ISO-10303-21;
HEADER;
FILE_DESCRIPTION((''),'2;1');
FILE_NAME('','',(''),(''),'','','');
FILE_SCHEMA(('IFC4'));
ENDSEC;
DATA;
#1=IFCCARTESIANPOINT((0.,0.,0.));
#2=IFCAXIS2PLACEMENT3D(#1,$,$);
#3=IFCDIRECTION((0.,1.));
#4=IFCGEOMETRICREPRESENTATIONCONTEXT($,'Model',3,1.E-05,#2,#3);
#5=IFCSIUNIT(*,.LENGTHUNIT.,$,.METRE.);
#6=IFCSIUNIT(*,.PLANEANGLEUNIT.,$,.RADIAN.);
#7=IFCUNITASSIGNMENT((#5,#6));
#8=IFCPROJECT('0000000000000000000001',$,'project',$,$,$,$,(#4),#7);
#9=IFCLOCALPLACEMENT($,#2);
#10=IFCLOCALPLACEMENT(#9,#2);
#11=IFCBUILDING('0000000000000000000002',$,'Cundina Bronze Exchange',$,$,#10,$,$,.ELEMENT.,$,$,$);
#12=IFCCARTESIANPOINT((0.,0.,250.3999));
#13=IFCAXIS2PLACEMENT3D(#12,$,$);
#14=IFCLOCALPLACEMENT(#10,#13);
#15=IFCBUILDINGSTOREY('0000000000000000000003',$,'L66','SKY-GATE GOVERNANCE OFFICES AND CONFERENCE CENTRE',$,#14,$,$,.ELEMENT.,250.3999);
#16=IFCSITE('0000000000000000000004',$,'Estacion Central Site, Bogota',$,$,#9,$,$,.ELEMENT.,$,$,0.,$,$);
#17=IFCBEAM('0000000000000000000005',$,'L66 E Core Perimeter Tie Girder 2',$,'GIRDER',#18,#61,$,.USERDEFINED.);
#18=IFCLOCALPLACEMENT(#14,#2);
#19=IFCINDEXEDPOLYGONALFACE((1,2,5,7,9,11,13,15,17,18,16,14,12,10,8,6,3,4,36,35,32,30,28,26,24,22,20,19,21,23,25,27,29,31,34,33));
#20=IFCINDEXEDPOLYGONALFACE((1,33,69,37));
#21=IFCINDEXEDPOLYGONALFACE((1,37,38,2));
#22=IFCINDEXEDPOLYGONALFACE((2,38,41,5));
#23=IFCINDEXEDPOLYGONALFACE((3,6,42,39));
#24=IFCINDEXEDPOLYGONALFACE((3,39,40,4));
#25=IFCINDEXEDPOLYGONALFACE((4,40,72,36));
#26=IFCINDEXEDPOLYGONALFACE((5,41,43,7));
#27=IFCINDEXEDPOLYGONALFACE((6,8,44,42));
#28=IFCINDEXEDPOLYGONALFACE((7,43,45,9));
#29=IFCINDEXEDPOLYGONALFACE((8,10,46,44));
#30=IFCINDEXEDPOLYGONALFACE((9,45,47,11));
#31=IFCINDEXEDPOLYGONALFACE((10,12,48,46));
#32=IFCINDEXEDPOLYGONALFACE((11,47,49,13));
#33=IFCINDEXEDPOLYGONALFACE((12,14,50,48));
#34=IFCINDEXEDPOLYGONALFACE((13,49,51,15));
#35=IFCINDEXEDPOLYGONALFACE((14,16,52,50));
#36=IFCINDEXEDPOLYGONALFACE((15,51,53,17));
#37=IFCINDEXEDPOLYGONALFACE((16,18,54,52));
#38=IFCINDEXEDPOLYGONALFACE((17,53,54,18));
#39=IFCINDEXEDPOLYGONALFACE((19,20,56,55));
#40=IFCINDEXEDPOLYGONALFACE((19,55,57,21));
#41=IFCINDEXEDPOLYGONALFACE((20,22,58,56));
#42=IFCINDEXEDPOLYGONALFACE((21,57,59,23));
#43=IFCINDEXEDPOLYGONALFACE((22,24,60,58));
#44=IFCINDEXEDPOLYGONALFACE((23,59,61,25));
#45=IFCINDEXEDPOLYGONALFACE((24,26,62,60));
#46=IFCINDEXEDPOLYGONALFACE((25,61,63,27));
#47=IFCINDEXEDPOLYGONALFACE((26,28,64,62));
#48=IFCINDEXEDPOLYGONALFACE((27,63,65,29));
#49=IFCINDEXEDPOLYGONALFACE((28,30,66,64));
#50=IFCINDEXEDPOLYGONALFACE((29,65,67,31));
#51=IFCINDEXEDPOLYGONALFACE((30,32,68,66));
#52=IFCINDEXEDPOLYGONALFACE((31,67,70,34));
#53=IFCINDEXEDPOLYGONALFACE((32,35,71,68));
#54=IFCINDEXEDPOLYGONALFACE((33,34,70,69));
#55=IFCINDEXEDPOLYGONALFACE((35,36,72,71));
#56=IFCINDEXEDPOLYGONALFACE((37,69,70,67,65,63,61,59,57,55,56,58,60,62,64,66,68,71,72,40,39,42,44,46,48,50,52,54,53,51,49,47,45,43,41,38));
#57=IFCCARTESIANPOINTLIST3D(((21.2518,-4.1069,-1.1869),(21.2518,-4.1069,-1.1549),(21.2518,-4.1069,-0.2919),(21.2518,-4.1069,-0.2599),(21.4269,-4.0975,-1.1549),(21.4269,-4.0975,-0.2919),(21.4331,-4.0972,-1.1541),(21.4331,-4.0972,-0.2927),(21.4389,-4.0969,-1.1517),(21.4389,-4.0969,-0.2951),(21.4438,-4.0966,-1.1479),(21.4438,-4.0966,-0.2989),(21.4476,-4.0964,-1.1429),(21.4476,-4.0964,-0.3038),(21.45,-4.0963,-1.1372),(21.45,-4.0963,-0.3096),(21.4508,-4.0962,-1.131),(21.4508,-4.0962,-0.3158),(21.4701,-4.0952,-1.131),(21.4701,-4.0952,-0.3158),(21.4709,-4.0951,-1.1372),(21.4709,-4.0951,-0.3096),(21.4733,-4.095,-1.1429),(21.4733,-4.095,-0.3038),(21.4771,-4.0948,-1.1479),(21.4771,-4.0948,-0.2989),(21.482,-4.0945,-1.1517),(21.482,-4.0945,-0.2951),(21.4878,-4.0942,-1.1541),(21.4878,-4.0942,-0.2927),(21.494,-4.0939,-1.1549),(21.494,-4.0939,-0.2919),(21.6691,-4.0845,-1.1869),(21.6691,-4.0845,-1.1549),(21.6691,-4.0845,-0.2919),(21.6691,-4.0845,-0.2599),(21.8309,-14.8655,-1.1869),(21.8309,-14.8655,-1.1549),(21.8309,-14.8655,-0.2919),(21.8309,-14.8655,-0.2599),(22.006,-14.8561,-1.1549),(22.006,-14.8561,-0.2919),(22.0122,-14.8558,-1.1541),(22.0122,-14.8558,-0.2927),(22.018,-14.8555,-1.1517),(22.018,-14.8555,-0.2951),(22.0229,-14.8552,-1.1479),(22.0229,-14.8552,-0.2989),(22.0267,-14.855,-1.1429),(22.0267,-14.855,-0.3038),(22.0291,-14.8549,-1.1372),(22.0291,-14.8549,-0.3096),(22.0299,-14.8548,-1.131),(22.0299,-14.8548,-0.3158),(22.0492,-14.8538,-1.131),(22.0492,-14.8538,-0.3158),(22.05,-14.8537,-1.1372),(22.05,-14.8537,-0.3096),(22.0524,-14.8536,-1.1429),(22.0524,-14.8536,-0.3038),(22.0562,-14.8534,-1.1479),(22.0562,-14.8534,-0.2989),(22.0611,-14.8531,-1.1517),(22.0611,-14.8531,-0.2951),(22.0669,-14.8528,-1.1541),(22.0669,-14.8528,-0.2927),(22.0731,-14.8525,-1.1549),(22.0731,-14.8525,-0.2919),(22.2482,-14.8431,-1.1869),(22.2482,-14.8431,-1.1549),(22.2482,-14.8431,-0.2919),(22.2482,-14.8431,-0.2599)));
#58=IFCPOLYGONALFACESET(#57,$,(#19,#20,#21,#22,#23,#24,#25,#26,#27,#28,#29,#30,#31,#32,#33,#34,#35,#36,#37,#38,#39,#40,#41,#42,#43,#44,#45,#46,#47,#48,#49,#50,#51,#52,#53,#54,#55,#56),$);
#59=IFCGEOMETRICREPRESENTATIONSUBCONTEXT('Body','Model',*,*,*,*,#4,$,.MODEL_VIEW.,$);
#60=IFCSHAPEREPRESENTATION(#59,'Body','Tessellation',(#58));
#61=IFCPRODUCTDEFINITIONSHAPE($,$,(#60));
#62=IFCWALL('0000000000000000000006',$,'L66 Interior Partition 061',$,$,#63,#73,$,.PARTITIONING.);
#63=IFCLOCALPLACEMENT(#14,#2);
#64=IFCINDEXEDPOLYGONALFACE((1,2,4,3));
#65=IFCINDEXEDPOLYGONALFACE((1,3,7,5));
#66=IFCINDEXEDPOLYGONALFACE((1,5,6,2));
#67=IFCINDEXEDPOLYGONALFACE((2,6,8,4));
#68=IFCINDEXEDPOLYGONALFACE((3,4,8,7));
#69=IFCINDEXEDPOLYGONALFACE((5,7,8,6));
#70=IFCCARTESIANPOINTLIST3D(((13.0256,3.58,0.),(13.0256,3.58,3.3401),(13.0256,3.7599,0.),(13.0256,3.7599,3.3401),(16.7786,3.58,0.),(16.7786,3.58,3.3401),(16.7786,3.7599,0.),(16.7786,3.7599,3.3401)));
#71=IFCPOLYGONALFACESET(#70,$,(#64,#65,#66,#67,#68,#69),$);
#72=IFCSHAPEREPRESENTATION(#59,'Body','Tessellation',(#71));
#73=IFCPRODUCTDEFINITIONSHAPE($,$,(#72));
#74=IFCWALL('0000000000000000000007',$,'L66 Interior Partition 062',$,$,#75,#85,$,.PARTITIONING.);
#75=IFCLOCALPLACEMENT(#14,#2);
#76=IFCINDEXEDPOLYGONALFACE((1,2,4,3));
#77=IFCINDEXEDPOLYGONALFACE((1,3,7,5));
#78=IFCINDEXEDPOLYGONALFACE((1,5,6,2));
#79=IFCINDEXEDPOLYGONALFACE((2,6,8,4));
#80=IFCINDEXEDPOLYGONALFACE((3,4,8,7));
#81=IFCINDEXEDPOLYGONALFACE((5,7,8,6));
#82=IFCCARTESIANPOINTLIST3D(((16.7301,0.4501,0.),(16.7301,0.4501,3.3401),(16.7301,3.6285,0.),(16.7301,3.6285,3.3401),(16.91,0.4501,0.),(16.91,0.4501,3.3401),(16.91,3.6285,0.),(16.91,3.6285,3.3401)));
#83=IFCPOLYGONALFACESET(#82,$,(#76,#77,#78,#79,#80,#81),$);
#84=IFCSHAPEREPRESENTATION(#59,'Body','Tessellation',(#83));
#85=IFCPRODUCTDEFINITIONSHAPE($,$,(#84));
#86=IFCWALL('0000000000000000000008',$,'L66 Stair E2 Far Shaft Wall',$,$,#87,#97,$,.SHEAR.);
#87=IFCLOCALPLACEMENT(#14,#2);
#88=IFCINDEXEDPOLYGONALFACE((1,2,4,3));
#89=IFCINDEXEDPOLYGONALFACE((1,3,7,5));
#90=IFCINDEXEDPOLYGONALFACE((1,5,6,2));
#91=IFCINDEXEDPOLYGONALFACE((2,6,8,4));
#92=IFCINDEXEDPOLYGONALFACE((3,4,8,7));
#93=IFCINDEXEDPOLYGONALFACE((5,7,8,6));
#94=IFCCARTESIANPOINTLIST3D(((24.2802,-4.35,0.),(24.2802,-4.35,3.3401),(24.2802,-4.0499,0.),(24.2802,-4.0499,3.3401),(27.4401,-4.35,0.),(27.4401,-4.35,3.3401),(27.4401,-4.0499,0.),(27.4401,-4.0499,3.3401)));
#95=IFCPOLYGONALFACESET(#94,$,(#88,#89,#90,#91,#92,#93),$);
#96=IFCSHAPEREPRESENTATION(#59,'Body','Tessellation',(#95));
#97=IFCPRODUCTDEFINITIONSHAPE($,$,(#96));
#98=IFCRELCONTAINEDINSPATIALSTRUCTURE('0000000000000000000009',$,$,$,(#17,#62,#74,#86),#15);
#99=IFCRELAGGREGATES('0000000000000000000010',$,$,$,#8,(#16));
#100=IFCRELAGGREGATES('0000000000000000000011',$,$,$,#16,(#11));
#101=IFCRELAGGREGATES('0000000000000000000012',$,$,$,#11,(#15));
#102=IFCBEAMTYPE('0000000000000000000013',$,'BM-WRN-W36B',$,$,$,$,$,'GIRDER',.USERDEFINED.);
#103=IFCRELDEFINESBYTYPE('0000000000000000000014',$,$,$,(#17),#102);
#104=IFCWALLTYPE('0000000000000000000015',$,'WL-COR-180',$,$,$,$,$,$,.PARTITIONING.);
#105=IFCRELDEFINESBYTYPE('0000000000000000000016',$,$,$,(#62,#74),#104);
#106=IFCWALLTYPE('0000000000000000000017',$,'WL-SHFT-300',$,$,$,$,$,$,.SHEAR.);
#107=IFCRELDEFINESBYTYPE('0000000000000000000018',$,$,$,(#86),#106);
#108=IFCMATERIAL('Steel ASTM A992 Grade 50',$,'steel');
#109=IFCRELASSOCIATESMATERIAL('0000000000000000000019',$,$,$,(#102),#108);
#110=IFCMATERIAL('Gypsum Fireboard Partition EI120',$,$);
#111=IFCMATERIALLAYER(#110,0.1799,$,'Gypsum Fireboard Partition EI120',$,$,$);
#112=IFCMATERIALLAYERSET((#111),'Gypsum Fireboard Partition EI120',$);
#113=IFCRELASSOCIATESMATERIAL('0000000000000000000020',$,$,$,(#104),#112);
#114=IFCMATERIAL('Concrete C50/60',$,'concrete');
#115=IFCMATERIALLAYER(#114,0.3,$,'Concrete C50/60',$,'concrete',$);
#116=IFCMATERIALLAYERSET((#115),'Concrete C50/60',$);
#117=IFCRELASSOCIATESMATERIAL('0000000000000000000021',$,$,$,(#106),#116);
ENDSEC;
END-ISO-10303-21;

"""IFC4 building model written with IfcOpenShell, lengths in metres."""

from ifc_helpers import new_model, si_unit, direction, frame, frame_2d, origin, origin_2d, place, context, subcontext, project, spatial, rectangle, i_section, extrude, material, layer, layer_set, material_profile, profile_set, type_object, element, save


model = new_model("IFC4")

# Units and contexts
model_context = context("Model", 3, precision=1e-05, world=origin(), true_north=direction((0.0, 1.0)))
body_context = subcontext(model_context, "Body", "Model", "MODEL_VIEW")
ifc_project = project(units=[si_unit("LENGTHUNIT", "METRE"), si_unit("PLANEANGLEUNIT", "RADIAN")], contexts=[model_context])

# Site, building, storey
site_placement = place(None, origin())
site = spatial("IfcSite", under=ifc_project, at=site_placement, Name="Estacion Central Site, Bogota", CompositionType="ELEMENT", RefElevation=0.0)
building_placement = place(site_placement, origin())
building = spatial("IfcBuilding", under=site, at=building_placement, Name="Cundina Bronze Exchange", CompositionType="ELEMENT")
storey_placement = place(building_placement, frame((0.0, 0.0, 250.3999)))
storey = spatial("IfcBuildingStorey", under=building, at=storey_placement, Name="L66", Description="SKY-GATE GOVERNANCE OFFICES AND CONFERENCE CENTRE", CompositionType="ELEMENT", Elevation=250.3999)

# Shared definitions
ifc_material_1 = material(Name="Concrete C50/60", Category="concrete")
ifc_material_2 = material(Name="Steel ASTM A992 Grade 50", Category="steel")

# Beam
ifc_material_profile_1 = material_profile(ifc_material_2, i_section(OverallWidth=0.418, OverallDepth=0.927, WebThickness=0.0193, FlangeThickness=0.032, FilletRadius=0.0239, at=origin_2d()), Name="W36X231", Category="steel")
ifc_profile_set_1 = profile_set([ifc_material_profile_1], Name="Steel ASTM A992 Grade 50")
beam_type_1 = type_object("IfcBeamType", Name="BM-WRN-W36B", ElementType="GIRDER", PredefinedType="USERDEFINED", material=ifc_profile_set_1)
beam_1_placement = place(storey_placement, frame((21.4604, -4.0957, -0.7234), z_axis=(0.053749, -0.998554, 0.0), x_axis=(0.998554, 0.053749, 0.0)))
element("IfcBeam", 1, at=beam_1_placement, inside=storey, type_object=beam_type_1, Name="L66 E Core Perimeter Tie Girder 2", ObjectType="GIRDER", PredefinedType="USERDEFINED", context=body_context, shape_type="SweptSolid", body=[
    extrude(i_section(OverallWidth=0.418, OverallDepth=0.927, WebThickness=0.0193, FlangeThickness=0.032, FilletRadius=0.0239, at=origin_2d()), origin(), (0.0, 0.0, 1.0), 10.7742),
])

# Shared definitions
ifc_material_3 = material(Name="Gypsum Fireboard Partition EI120")
ifc_layer_1 = layer(ifc_material_3, 0.1799, Name="Gypsum Fireboard Partition EI120")
ifc_layer_set_1 = layer_set([ifc_layer_1], Name="Gypsum Fireboard Partition EI120")
wall_type_1 = type_object("IfcWallType", Name="WL-COR-180", PredefinedType="PARTITIONING", material=ifc_layer_set_1)

# Walls
wall_1_placement = place(storey_placement, frame((16.7786, 3.6699, 0.0), z_axis=(0.0, 0.0, 1.0), x_axis=(-1.0, 0.0, 0.0)))
element("IfcWall", 2, at=wall_1_placement, inside=storey, type_object=wall_type_1, Name="L66 Interior Partition 061", PredefinedType="PARTITIONING", context=body_context, shape_type="SweptSolid", body=[
    extrude(rectangle(XDim=3.7529, YDim=0.1799, at=frame_2d((1.8765, 0.0))), origin(), (0.0, 0.0, 1.0), 3.3401),
])
wall_2_placement = place(storey_placement, frame((16.8201, 0.45, 0.0), z_axis=(0.0, 0.0, 1.0), x_axis=(0.0, 1.0, 0.0)))
element("IfcWall", 3, at=wall_2_placement, inside=storey, type_object=wall_type_1, Name="L66 Interior Partition 062", PredefinedType="PARTITIONING", context=body_context, shape_type="SweptSolid", body=[
    extrude(rectangle(XDim=3.1785, YDim=0.1799, at=frame_2d((1.5894, 0.0))), origin(), (0.0, 0.0, 1.0), 3.3401),
])

# Shared definitions
ifc_layer_2 = layer(ifc_material_1, 0.3, Name="Concrete C50/60", Category="concrete")
ifc_layer_set_2 = layer_set([ifc_layer_2], Name="Concrete C50/60")
wall_type_2 = type_object("IfcWallType", Name="WL-SHFT-300", PredefinedType="SHEAR", material=ifc_layer_set_2)

# Wall
wall_3_placement = place(storey_placement, frame((24.28, -4.2, 0.0), z_axis=(0.0, 0.0, 1.0), x_axis=(1.0, 0.0, 0.0)))
element("IfcWall", 4, at=wall_3_placement, inside=storey, type_object=wall_type_2, Name="L66 Stair E2 Far Shaft Wall", PredefinedType="SHEAR", context=body_context, shape_type="SweptSolid", body=[
    extrude(rectangle(XDim=3.1599, YDim=0.3, at=frame_2d((1.5801, 0.0))), origin(), (0.0, 0.0, 1.0), 3.3401),
])

save(model, "model.ifc")
